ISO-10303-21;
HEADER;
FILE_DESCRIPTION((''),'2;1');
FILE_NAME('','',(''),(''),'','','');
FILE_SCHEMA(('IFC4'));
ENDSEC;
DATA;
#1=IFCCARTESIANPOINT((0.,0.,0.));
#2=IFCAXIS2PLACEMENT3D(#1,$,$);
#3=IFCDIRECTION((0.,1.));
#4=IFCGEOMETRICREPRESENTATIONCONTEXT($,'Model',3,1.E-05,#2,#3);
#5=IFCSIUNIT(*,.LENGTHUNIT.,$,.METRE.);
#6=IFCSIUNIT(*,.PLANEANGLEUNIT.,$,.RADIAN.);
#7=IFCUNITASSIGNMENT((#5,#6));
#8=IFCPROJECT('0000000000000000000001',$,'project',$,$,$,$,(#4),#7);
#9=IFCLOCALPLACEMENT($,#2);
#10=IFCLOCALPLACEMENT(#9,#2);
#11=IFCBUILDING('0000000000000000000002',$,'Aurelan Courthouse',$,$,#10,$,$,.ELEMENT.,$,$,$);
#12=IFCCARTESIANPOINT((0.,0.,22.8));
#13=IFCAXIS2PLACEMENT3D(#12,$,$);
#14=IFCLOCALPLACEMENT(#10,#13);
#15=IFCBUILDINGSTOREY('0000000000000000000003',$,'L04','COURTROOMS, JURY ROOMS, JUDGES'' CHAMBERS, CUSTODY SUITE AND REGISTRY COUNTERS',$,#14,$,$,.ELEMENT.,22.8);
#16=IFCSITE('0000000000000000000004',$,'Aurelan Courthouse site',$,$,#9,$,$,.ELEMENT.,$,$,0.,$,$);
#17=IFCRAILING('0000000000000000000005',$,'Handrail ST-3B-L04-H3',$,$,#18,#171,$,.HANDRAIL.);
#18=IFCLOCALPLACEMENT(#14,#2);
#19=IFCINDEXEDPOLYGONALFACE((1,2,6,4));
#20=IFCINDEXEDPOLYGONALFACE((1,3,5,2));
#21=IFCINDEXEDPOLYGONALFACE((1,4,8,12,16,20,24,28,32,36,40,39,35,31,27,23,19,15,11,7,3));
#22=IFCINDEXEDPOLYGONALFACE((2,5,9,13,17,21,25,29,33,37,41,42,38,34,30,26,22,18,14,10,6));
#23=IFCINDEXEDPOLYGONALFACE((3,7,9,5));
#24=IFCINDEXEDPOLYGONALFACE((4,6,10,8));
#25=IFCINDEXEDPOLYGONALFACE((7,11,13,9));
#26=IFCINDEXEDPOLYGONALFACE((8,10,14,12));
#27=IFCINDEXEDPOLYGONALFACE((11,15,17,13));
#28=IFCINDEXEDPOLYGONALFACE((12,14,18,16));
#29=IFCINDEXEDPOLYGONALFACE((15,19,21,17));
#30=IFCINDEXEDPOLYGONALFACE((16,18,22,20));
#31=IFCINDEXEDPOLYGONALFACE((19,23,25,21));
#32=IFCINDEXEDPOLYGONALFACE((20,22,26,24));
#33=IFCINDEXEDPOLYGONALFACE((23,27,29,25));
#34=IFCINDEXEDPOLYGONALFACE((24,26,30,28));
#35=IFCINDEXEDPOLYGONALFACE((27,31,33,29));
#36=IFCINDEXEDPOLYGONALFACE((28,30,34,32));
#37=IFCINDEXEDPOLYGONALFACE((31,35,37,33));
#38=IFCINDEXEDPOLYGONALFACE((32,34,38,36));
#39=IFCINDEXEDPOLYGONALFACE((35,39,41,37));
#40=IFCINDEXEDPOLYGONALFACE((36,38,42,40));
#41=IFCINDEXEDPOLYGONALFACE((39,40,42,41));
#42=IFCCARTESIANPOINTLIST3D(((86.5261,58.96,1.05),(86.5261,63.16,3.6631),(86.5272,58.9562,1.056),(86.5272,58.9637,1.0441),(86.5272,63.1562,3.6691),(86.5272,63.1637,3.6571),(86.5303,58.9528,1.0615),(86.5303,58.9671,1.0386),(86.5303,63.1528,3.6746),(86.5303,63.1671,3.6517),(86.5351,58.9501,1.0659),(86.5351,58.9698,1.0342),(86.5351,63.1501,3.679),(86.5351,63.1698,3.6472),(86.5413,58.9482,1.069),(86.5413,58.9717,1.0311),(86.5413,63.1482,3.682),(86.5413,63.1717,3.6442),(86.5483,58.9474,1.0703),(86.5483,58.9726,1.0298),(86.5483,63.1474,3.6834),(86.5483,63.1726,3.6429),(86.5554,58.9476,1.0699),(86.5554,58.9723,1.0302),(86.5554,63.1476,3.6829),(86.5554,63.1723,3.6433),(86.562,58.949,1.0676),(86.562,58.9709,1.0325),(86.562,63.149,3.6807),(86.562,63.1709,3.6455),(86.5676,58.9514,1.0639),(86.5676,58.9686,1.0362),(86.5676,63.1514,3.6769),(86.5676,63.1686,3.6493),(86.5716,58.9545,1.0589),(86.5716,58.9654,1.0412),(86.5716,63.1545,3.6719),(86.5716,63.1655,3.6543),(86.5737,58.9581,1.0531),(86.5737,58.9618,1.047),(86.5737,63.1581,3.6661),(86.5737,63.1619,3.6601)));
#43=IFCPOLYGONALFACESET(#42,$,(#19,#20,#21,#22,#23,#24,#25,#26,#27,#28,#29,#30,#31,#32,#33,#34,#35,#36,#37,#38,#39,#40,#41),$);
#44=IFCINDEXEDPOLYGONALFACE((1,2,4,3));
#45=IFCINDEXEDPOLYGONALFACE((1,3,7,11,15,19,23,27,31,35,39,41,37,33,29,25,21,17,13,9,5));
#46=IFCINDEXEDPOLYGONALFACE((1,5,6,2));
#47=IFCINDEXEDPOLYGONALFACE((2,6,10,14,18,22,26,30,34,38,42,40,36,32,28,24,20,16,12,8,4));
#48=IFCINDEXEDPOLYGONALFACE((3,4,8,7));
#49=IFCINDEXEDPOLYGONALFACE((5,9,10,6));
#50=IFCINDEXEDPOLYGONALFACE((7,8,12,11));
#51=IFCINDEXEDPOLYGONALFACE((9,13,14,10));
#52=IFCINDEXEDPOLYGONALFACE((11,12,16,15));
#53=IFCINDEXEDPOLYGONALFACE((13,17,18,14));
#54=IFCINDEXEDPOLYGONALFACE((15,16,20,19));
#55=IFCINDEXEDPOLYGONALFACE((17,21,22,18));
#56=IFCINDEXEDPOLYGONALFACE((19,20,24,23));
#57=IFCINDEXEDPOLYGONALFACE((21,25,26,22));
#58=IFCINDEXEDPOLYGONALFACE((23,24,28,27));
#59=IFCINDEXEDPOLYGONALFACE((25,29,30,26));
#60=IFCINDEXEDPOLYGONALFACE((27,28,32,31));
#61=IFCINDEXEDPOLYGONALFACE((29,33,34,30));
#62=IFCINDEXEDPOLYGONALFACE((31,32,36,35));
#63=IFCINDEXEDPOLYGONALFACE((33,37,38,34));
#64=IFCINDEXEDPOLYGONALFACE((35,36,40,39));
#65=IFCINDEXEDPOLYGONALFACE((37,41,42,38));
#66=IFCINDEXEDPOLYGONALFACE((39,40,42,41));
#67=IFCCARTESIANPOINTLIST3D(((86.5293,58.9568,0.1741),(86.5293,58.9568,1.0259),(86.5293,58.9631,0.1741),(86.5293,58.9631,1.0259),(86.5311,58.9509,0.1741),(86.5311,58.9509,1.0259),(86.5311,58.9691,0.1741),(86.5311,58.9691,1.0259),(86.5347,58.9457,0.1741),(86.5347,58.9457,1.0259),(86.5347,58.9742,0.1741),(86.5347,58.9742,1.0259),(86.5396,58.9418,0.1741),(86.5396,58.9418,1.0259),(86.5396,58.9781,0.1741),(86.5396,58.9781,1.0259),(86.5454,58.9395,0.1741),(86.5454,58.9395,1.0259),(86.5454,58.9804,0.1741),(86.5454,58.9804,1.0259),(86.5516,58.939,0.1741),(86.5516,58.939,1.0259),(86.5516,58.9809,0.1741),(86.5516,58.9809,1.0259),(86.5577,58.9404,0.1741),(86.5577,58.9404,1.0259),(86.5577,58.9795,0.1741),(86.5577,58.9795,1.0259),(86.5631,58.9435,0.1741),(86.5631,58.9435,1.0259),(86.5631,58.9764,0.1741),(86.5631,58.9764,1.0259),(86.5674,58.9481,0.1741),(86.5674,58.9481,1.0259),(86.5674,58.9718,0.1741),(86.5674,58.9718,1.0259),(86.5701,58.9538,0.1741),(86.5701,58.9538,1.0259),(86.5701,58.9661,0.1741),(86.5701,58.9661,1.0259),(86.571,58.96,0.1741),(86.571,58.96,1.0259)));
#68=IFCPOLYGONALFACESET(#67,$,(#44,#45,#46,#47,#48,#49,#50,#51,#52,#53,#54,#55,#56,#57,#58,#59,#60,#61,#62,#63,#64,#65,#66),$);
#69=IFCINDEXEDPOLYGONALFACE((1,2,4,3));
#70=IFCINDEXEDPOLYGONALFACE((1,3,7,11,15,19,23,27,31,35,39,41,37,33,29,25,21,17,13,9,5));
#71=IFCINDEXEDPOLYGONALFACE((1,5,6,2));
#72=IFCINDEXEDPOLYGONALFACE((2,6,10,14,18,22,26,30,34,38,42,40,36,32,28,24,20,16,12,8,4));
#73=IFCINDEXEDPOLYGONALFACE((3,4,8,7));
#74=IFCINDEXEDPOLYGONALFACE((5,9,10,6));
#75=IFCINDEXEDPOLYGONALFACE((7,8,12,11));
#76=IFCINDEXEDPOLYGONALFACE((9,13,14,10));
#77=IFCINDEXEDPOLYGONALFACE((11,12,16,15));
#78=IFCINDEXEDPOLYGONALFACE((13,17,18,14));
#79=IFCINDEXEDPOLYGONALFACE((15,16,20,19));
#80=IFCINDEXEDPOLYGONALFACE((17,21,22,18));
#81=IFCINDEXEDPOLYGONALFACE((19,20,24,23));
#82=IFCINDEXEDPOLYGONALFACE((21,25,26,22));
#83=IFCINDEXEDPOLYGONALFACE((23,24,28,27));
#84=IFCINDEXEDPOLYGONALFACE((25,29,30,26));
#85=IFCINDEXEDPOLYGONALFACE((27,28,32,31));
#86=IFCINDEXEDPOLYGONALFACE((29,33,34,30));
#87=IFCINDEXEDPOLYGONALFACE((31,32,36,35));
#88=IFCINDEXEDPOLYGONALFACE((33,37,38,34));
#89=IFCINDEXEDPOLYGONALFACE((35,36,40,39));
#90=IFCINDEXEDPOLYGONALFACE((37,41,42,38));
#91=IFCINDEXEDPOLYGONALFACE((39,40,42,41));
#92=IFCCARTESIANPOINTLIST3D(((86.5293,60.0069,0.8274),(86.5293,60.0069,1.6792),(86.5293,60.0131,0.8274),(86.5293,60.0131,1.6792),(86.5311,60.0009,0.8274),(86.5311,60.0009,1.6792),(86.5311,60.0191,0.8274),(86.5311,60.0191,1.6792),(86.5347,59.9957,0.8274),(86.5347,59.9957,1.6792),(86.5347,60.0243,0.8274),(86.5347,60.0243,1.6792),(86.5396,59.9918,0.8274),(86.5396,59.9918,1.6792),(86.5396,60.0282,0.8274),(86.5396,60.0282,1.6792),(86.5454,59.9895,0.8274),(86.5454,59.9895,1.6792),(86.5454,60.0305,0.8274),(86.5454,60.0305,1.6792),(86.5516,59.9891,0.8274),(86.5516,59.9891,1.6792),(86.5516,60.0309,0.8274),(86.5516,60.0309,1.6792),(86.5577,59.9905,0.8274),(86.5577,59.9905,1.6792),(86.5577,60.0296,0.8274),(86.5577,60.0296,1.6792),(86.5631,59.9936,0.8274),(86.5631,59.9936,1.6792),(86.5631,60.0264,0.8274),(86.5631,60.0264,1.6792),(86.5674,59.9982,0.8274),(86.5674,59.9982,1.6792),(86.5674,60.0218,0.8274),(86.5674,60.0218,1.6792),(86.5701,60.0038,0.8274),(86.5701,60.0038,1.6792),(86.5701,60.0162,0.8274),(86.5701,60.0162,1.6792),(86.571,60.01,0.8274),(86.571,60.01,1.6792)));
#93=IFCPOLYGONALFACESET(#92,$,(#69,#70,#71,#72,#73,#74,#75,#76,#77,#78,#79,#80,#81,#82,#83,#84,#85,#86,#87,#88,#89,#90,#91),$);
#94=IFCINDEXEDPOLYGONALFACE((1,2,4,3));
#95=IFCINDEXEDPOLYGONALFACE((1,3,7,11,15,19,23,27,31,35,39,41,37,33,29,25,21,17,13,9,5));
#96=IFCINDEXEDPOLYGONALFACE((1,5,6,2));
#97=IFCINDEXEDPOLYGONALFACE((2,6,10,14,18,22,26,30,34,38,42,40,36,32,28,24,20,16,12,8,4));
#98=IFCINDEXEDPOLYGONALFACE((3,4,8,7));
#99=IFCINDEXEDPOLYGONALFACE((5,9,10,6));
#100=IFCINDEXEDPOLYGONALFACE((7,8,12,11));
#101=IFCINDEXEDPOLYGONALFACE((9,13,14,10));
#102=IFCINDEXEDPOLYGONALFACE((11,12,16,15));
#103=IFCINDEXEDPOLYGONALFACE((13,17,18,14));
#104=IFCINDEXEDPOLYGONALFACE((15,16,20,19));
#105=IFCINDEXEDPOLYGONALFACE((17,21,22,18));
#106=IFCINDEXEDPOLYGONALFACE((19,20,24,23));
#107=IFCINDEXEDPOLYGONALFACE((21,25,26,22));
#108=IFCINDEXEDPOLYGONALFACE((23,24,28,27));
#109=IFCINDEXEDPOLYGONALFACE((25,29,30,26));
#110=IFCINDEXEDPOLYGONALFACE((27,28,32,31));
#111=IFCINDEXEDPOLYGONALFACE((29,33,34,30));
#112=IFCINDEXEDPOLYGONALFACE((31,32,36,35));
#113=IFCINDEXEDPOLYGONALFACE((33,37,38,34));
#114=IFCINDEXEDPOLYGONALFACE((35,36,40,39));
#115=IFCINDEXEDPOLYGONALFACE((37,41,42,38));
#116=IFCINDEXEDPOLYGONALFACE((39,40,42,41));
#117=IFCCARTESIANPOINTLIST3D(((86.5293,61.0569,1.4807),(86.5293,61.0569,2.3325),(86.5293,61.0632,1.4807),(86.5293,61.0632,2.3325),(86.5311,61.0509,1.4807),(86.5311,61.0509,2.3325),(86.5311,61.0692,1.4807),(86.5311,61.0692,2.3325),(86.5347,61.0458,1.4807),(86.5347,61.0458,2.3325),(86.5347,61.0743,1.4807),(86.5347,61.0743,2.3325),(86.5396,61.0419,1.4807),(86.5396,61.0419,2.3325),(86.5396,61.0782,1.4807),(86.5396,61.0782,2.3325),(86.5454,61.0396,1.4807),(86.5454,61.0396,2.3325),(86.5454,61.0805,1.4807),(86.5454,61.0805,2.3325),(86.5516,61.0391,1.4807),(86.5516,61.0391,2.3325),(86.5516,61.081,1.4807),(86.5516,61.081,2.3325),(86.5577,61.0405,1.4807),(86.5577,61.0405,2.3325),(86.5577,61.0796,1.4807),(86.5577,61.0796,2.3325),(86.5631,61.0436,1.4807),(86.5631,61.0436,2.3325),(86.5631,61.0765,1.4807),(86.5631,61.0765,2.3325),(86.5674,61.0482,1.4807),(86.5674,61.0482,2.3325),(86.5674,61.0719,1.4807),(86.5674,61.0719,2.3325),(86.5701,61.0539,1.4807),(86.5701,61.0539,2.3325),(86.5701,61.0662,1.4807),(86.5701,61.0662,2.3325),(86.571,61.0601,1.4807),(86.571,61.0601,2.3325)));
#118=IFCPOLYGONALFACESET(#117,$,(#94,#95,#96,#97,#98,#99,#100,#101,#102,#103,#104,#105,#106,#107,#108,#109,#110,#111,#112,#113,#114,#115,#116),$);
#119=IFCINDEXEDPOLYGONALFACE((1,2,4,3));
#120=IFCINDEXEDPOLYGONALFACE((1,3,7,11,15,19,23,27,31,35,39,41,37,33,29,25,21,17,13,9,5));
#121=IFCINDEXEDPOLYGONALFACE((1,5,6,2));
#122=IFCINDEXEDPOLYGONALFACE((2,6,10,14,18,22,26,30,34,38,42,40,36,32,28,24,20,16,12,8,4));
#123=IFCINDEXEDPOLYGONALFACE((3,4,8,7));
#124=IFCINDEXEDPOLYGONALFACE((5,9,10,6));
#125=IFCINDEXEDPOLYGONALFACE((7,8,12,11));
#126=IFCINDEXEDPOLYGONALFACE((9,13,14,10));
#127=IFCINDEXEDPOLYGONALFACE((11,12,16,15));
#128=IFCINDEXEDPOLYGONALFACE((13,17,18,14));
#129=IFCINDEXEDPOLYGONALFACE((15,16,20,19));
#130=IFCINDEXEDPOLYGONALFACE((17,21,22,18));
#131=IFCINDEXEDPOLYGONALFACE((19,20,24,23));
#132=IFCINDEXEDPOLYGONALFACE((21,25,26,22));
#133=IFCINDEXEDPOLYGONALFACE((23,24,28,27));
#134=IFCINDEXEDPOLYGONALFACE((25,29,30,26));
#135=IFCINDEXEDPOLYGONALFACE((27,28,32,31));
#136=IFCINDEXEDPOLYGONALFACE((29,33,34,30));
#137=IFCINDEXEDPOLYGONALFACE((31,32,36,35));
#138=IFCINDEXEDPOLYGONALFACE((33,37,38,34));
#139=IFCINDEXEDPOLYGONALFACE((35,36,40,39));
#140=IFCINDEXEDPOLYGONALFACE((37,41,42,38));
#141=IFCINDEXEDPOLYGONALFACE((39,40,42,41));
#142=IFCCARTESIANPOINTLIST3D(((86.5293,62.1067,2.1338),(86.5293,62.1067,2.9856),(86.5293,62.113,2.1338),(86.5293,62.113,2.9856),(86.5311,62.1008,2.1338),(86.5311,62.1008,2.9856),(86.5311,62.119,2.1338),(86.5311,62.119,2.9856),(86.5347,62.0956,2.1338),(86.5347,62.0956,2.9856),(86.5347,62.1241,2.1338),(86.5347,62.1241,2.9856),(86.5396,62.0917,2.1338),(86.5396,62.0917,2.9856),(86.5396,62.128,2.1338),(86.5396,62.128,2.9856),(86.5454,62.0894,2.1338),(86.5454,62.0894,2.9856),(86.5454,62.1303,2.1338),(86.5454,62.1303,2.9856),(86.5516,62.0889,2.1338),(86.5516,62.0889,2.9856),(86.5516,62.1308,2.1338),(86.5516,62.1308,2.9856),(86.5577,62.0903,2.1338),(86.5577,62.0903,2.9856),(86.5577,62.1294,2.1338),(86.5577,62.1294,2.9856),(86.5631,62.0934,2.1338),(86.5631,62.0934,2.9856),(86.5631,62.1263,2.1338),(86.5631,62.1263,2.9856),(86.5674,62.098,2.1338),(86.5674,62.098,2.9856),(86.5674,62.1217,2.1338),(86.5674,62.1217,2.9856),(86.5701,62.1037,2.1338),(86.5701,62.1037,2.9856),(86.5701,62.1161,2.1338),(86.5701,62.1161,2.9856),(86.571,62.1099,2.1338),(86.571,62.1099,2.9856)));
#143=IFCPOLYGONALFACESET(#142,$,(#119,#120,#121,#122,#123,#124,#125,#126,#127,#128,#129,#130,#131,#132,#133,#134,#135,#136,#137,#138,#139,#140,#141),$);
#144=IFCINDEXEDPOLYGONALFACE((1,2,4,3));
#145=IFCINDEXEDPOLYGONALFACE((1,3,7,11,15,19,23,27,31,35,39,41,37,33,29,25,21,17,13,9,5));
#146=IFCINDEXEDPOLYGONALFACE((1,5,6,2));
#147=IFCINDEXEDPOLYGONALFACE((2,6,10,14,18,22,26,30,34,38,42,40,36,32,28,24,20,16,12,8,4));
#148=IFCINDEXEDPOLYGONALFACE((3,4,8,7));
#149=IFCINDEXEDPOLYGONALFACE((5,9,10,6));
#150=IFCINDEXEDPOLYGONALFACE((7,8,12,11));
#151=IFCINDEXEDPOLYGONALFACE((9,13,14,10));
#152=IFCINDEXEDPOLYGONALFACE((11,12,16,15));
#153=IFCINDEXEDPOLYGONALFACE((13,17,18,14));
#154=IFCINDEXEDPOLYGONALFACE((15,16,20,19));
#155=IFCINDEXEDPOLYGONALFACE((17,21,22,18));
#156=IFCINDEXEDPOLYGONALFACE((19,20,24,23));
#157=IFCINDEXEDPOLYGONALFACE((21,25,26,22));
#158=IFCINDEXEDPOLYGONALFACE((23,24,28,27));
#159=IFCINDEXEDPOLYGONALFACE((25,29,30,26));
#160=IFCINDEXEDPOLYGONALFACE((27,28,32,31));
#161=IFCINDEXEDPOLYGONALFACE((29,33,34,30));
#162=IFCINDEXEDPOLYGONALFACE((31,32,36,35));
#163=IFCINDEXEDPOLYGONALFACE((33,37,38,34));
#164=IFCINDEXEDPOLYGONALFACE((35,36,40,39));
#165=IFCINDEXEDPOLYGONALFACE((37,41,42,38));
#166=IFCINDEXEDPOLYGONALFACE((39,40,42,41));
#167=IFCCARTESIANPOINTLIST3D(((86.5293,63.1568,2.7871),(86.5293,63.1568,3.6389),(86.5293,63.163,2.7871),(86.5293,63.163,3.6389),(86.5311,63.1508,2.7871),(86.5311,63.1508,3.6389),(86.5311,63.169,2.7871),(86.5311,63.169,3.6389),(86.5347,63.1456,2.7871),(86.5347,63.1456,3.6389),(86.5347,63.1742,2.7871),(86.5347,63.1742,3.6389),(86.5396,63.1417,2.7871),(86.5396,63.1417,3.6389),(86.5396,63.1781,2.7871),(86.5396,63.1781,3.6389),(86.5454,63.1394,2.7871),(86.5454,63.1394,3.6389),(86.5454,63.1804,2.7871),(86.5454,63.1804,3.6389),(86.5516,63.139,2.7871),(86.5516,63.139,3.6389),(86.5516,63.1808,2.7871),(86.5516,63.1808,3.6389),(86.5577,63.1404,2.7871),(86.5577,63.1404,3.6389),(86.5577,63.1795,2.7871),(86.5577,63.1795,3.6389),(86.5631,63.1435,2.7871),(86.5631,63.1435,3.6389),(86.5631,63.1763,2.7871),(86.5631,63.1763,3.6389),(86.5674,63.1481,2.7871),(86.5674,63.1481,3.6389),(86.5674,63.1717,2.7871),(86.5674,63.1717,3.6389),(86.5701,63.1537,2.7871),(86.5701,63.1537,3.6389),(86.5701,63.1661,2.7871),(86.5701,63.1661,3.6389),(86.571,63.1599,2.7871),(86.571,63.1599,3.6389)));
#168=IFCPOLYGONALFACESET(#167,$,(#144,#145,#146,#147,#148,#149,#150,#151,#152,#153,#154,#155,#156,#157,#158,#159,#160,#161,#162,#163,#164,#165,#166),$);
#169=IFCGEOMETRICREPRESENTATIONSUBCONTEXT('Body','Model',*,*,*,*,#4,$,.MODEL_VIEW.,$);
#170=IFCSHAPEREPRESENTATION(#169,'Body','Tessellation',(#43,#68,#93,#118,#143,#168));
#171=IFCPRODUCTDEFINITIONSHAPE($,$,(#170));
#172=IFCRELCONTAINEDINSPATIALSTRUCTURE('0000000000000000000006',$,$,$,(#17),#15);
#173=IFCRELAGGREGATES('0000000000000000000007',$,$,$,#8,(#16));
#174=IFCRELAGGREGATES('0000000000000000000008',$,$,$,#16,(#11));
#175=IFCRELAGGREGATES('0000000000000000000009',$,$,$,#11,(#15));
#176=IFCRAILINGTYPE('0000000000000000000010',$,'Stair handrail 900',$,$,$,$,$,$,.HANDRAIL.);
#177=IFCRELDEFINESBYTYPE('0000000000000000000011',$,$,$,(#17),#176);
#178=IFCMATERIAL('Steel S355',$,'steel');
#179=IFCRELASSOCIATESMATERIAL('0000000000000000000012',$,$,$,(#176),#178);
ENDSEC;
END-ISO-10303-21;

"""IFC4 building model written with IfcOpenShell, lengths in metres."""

from ifc_helpers import new_model, si_unit, direction, frame, origin, origin_2d, place, context, subcontext, project, spatial, circle, extrude, material, type_object, element, save


model = new_model("IFC4")

# Units and contexts
model_context = context("Model", 3, precision=1e-05, world=origin(), true_north=direction((0.0, 1.0)))
body_context = subcontext(model_context, "Body", "Model", "MODEL_VIEW")
ifc_project = project(units=[si_unit("LENGTHUNIT", "METRE"), si_unit("PLANEANGLEUNIT", "RADIAN")], contexts=[model_context])

# Site, building, storey
site_placement = place(None, origin())
site = spatial("IfcSite", under=ifc_project, at=site_placement, Name="Aurelan Courthouse site", CompositionType="ELEMENT", RefElevation=0.0)
building_placement = place(site_placement, origin())
building = spatial("IfcBuilding", under=site, at=building_placement, Name="Aurelan Courthouse", CompositionType="ELEMENT")
storey_placement = place(building_placement, frame((0.0, 0.0, 22.8)))
storey = spatial("IfcBuildingStorey", under=building, at=storey_placement, Name="L04", Description="COURTROOMS, JURY ROOMS, JUDGES' CHAMBERS, CUSTODY SUITE AND REGISTRY COUNTERS", CompositionType="ELEMENT", Elevation=22.8)

# Railing
ifc_material_1 = material(Name="Steel S355", Category="steel")
railing_type_1 = type_object("IfcRailingType", Name="Stair handrail 900", PredefinedType="HANDRAIL", material=ifc_material_1)
for number, where, name in (
    (1, (86.55, 58.96, 0.1741), "Handrail ST-3B-L04-H3"),
):
    element("IfcRailing", number, at=place(storey_placement, frame(where)), inside=storey, type_object=railing_type_1, Name=name, PredefinedType="HANDRAIL", context=body_context, shape_type="SweptSolid", body=[
        extrude(circle(Radius=0.0239, at=origin_2d()), frame((0.0, 0.0, 0.876), z_axis=(0.0, 0.849081, 0.528263), x_axis=(-1.0, 0.0, 0.0)), (0.0, 0.0, 1.0), 4.9465),
        extrude(circle(Radius=0.021, at=origin_2d()), origin(), (0.0, 0.0, 1.0), 0.8518),
        extrude(circle(Radius=0.021, at=origin_2d()), frame((0.0, 1.05, 0.6533)), (0.0, 0.0, 1.0), 0.8518),
        extrude(circle(Radius=0.021, at=origin_2d()), frame((0.0, 2.1001, 1.3066)), (0.0, 0.0, 1.0), 0.8518),
        extrude(circle(Radius=0.021, at=origin_2d()), frame((0.0, 3.1499, 1.9597)), (0.0, 0.0, 1.0), 0.8518),
        extrude(circle(Radius=0.021, at=origin_2d()), frame((0.0, 4.2, 2.613)), (0.0, 0.0, 1.0), 0.8518),
    ])

save(model, "model.ifc")
